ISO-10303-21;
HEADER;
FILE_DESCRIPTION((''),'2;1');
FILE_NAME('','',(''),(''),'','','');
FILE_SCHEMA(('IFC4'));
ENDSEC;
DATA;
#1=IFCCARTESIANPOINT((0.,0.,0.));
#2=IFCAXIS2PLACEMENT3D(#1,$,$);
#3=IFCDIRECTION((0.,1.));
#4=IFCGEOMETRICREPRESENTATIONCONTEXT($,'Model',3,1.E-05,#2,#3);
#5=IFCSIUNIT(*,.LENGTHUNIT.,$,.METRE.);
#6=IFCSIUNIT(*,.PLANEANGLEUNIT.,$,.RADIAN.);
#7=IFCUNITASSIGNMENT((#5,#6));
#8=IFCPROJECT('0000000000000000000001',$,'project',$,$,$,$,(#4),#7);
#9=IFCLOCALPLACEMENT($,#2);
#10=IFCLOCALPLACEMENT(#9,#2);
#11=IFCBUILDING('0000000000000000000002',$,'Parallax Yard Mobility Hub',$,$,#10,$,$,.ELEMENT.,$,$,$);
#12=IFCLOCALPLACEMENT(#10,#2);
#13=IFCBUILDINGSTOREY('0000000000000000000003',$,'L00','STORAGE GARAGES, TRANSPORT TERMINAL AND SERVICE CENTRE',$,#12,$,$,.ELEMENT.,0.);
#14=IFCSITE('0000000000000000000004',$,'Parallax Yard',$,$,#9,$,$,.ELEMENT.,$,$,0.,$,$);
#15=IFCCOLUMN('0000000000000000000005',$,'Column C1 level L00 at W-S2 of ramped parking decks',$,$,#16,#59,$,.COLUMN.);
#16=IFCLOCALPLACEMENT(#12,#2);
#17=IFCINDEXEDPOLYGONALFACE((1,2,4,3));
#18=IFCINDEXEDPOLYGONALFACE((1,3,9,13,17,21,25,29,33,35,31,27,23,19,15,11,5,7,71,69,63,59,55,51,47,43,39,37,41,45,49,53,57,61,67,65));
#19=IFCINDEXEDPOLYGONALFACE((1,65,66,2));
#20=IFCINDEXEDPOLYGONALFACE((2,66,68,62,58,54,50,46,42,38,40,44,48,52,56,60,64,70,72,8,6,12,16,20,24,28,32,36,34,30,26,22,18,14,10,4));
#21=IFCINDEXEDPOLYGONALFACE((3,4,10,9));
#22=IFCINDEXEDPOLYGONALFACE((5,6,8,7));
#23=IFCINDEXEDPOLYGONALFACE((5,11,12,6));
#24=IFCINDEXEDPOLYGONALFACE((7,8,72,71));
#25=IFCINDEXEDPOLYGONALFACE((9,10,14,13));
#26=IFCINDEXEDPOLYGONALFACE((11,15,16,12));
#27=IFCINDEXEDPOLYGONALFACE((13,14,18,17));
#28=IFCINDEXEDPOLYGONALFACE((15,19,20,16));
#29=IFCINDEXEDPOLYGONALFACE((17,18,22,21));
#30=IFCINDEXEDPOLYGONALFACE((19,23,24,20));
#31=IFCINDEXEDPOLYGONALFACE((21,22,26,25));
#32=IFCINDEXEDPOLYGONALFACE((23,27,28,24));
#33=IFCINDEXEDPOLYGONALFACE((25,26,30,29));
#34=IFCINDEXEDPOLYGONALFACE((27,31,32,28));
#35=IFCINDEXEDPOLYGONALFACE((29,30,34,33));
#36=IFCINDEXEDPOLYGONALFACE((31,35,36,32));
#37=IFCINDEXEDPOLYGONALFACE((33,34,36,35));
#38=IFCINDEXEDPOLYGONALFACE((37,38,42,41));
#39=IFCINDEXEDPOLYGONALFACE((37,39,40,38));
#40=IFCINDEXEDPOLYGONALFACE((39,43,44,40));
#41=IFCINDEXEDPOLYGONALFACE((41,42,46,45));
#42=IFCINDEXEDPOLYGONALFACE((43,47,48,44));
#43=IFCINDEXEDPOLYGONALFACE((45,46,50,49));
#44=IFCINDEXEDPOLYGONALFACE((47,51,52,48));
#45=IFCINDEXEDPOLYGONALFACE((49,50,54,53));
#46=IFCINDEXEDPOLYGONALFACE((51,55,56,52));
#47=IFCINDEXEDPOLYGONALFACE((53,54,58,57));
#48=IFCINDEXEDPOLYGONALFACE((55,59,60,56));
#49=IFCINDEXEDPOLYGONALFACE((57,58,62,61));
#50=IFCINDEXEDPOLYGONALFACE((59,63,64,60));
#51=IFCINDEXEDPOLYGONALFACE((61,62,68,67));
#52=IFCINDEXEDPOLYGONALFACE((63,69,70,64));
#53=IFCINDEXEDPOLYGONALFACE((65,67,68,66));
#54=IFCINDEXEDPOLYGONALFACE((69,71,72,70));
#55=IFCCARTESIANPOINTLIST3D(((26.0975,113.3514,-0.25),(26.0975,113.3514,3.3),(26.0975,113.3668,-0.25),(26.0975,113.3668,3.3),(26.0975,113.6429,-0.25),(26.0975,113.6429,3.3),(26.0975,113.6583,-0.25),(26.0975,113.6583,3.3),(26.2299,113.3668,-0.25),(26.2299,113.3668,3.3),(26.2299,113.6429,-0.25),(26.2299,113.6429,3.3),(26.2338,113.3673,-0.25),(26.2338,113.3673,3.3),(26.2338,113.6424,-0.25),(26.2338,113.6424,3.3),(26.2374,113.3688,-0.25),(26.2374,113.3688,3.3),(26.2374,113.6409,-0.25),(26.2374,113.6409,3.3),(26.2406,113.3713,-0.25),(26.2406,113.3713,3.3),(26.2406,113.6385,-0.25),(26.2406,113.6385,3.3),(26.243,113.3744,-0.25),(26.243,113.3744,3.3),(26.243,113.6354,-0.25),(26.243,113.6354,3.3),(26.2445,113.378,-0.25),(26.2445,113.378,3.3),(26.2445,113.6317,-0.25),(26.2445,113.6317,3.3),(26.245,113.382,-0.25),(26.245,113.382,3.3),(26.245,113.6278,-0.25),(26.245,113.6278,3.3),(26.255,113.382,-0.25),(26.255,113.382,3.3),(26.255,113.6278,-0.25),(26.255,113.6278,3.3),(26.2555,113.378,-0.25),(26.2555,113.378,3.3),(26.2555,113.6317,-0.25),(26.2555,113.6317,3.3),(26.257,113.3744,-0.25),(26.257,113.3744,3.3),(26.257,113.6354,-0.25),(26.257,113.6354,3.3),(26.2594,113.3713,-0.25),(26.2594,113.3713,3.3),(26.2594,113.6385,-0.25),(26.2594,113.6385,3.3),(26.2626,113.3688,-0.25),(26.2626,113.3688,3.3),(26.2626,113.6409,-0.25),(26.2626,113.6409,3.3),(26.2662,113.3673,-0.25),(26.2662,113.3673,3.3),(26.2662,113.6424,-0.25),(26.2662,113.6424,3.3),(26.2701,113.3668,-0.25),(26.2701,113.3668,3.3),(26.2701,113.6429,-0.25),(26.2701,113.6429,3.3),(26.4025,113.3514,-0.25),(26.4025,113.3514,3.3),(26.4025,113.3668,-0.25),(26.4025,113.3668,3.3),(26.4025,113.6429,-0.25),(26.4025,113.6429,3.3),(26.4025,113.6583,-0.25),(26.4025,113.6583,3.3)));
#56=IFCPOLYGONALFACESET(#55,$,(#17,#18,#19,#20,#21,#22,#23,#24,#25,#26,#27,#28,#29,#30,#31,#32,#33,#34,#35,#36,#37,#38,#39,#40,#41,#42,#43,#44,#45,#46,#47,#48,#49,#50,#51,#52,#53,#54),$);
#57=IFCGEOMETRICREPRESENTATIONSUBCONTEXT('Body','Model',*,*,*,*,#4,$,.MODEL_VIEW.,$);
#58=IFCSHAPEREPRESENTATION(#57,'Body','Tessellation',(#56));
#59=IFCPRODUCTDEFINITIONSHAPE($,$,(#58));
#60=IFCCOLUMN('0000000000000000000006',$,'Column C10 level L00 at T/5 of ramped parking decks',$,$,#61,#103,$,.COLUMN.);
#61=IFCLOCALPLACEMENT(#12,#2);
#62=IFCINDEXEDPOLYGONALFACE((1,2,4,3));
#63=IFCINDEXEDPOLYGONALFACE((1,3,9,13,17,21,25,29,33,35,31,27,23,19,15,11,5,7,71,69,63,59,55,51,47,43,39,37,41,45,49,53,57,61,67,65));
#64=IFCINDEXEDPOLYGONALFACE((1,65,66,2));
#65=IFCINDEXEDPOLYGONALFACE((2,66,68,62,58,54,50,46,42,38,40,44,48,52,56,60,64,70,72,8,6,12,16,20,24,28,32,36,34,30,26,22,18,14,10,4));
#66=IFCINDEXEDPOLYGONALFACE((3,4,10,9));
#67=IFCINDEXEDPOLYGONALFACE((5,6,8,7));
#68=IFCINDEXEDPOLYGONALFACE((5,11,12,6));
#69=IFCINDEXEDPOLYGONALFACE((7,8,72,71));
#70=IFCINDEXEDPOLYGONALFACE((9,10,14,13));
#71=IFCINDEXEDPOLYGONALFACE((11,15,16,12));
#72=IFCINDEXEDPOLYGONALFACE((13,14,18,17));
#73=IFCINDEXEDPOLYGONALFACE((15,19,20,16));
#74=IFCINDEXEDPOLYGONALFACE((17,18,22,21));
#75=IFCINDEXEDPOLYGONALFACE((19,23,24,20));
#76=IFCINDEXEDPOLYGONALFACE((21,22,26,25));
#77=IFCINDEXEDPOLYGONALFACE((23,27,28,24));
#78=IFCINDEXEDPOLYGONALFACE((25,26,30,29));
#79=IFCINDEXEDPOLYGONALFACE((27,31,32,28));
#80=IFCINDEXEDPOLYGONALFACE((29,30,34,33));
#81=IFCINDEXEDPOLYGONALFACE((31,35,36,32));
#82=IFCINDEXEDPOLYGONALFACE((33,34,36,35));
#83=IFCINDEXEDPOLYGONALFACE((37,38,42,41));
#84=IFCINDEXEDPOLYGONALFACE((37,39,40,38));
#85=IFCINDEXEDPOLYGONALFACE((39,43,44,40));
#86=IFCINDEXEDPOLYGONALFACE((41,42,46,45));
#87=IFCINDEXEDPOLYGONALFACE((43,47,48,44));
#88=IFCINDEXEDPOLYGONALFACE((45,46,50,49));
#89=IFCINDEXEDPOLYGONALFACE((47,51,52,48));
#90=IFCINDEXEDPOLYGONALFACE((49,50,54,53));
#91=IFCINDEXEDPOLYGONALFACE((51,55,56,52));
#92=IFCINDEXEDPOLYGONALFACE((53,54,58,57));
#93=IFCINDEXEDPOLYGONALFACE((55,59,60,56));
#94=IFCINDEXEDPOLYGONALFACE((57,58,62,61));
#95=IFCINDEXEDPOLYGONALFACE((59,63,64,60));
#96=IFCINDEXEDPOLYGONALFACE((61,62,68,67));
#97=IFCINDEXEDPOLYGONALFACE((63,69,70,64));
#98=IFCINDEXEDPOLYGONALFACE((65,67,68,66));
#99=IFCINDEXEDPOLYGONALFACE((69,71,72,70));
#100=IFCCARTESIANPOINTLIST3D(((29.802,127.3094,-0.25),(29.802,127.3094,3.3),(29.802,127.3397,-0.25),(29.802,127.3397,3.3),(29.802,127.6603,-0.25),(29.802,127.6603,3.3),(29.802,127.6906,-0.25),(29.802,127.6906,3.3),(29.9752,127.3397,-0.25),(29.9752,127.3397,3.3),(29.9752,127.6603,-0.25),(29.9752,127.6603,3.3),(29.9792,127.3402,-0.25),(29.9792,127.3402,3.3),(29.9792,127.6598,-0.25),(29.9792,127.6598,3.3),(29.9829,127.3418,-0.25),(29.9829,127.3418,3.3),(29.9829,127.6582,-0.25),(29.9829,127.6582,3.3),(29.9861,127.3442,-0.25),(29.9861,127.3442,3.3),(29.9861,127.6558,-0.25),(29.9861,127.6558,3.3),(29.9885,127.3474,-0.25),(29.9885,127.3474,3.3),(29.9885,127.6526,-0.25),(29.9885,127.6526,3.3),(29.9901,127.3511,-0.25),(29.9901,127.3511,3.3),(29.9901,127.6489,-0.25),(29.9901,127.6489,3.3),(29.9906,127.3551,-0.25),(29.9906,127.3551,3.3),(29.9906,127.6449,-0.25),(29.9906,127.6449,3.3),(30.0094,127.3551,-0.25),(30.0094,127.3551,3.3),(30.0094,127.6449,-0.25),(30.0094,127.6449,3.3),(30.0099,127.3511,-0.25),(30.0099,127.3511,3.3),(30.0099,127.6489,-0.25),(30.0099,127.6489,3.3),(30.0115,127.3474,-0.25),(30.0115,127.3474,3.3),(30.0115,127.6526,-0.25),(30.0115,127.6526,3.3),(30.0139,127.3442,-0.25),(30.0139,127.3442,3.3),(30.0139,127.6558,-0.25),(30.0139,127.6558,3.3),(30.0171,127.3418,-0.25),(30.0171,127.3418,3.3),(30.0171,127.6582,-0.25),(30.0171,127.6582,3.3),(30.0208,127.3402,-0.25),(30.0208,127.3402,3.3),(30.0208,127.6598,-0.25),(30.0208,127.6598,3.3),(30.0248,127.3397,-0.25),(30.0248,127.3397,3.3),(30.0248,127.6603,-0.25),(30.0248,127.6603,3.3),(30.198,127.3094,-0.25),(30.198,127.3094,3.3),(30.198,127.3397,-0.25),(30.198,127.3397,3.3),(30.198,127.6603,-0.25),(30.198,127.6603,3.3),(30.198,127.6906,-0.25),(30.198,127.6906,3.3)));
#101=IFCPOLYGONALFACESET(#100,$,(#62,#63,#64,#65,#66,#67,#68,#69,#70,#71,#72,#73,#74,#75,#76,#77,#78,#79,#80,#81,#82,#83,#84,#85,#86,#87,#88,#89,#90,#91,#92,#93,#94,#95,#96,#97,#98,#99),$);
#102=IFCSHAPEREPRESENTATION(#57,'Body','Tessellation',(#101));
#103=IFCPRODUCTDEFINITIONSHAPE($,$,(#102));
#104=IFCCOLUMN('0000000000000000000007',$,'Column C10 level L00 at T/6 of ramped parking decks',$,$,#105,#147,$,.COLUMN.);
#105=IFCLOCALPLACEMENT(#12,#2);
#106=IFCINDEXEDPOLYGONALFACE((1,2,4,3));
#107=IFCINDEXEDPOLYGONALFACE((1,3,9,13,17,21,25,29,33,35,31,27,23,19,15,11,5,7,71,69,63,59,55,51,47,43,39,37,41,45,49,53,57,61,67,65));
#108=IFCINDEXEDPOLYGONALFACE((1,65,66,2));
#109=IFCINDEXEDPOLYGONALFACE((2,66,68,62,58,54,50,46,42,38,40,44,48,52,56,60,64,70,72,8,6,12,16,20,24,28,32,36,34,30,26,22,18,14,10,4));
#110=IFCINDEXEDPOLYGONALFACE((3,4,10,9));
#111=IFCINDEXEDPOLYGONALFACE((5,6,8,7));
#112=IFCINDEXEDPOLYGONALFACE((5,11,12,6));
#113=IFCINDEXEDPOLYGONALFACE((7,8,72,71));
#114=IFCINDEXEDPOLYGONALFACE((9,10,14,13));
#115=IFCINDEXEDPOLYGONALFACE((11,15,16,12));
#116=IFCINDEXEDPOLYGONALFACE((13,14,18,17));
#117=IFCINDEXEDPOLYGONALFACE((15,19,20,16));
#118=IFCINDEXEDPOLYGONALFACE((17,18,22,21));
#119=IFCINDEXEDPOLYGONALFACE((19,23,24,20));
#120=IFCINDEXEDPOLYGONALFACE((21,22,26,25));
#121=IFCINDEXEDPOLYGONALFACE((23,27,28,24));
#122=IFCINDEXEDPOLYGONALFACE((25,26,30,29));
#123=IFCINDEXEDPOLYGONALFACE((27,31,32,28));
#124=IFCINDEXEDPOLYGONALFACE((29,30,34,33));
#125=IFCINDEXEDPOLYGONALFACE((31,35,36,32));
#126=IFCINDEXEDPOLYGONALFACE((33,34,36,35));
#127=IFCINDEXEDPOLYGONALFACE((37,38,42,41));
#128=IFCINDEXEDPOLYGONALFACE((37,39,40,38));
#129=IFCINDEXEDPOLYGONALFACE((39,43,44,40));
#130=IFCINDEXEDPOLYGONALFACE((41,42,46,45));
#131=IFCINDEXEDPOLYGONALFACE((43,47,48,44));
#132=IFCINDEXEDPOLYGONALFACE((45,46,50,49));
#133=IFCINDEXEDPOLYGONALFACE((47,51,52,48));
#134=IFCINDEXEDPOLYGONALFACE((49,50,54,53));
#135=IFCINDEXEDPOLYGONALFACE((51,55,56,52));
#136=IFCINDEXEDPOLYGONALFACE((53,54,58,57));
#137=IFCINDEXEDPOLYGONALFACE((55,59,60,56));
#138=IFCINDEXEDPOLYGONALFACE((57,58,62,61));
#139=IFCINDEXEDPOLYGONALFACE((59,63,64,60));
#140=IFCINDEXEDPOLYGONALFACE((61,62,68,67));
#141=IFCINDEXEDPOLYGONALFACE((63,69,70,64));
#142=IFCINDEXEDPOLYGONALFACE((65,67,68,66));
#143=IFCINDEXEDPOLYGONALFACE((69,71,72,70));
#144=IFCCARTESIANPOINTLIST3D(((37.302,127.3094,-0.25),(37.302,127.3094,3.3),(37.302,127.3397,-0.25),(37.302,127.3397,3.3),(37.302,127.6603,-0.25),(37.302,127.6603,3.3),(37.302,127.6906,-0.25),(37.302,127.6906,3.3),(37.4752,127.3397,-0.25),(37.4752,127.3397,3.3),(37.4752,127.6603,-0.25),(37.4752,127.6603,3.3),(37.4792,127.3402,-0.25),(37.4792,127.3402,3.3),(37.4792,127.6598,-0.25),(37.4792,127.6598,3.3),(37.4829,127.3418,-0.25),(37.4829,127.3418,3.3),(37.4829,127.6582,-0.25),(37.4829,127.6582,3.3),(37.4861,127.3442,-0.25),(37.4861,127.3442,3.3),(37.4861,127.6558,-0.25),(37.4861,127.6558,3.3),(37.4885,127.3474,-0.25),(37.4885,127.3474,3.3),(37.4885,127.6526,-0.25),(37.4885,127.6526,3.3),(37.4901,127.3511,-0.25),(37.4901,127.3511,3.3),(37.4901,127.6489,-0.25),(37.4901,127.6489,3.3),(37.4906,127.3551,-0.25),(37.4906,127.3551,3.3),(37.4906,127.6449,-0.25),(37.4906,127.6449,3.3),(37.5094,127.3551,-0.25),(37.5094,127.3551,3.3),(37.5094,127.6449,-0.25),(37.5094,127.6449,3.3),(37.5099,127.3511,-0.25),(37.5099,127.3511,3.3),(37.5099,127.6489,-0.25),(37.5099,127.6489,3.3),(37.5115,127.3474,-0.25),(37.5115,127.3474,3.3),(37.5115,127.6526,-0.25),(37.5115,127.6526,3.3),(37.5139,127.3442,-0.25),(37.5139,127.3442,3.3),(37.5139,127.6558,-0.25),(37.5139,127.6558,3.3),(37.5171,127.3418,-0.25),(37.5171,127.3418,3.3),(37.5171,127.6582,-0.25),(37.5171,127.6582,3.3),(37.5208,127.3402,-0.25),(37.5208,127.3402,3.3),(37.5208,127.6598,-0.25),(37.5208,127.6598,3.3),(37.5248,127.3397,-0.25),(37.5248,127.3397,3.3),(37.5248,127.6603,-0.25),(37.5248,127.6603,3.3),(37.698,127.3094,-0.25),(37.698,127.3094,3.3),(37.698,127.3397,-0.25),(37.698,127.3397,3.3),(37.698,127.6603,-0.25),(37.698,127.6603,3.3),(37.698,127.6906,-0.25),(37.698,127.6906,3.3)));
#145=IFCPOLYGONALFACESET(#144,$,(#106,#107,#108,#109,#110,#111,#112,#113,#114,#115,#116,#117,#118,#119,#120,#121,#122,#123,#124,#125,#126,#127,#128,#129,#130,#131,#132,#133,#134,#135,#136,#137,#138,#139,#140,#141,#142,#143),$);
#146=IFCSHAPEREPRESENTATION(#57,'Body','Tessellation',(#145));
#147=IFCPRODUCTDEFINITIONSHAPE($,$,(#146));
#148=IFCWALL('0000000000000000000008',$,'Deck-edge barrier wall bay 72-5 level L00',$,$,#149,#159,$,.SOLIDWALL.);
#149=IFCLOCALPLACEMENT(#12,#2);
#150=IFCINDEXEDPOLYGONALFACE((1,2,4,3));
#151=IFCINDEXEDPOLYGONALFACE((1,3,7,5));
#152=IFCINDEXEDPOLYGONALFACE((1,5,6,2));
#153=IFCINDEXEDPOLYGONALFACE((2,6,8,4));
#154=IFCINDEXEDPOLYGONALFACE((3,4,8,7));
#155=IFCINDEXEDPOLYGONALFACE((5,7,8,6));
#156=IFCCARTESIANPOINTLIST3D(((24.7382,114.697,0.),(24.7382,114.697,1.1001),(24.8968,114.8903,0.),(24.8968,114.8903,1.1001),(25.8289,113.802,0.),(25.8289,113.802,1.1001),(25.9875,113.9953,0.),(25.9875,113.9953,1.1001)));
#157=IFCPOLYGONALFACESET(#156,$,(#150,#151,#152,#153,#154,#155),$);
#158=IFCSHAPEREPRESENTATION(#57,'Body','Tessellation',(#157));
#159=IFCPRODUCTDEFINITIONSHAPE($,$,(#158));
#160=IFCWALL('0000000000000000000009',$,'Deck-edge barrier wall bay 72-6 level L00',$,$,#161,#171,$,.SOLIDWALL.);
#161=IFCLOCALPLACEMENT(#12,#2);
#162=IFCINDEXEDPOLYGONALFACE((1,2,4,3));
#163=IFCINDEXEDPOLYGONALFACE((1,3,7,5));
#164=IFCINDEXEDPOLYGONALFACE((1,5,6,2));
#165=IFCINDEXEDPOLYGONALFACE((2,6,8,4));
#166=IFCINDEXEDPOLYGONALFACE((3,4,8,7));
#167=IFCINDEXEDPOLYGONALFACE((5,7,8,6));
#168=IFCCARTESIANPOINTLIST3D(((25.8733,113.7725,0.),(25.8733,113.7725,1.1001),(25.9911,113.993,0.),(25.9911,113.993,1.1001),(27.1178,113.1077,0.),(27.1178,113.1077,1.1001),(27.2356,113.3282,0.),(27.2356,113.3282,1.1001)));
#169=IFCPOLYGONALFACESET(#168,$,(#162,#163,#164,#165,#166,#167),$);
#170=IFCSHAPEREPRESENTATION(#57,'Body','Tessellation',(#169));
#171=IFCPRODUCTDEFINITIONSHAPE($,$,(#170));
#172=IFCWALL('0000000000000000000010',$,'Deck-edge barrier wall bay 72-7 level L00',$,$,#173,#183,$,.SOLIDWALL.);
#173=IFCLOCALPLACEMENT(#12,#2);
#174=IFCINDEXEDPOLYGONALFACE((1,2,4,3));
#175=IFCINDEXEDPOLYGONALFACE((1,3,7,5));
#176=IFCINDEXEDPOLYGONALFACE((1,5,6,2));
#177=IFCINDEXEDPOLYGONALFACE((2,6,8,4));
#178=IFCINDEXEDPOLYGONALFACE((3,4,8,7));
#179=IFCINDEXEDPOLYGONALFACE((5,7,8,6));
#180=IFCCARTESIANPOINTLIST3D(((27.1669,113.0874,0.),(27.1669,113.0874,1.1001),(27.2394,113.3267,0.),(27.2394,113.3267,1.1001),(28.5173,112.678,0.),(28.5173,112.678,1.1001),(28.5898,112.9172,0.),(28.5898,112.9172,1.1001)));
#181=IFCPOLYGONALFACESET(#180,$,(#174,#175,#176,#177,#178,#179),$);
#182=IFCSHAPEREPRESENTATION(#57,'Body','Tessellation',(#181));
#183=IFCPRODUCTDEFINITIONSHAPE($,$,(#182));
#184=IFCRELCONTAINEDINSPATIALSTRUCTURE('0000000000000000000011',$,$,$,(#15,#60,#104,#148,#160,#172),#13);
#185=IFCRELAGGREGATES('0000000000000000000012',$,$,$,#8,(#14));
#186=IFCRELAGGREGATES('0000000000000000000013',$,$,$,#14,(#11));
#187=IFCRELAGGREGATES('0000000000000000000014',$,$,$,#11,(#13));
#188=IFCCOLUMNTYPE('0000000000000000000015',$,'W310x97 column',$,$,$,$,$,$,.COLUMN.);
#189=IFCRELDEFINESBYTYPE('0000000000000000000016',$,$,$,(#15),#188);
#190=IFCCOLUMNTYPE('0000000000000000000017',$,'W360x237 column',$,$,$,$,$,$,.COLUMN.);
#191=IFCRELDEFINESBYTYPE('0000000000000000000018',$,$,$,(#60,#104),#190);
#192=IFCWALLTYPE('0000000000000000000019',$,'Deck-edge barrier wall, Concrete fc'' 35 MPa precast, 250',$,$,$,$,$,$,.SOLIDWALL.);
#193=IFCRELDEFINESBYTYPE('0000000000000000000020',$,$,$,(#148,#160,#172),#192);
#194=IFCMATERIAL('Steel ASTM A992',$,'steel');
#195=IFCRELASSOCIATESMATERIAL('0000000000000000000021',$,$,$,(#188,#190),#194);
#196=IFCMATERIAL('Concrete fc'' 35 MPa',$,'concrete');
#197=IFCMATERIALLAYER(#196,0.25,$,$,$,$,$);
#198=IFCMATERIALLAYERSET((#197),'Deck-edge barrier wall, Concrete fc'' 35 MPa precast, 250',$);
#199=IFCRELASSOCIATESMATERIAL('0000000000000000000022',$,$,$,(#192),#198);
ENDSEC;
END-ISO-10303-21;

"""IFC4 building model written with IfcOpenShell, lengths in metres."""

from ifc_helpers import new_model, si_unit, direction, frame, frame_2d, origin, origin_2d, place, context, subcontext, project, spatial, rectangle, i_section, extrude, material, layer, layer_set, material_profile, profile_set, type_object, element, save


model = new_model("IFC4")

# Units and contexts
model_context = context("Model", 3, precision=1e-05, world=origin(), true_north=direction((0.0, 1.0)))
body_context = subcontext(model_context, "Body", "Model", "MODEL_VIEW")
ifc_project = project(units=[si_unit("LENGTHUNIT", "METRE"), si_unit("PLANEANGLEUNIT", "RADIAN")], contexts=[model_context])

# Site, building, storey
site_placement = place(None, origin())
site = spatial("IfcSite", under=ifc_project, at=site_placement, Name="Parallax Yard", CompositionType="ELEMENT", RefElevation=0.0)
building_placement = place(site_placement, origin())
building = spatial("IfcBuilding", under=site, at=building_placement, Name="Parallax Yard Mobility Hub", CompositionType="ELEMENT")
storey_placement = place(building_placement, origin())
storey = spatial("IfcBuildingStorey", under=building, at=storey_placement, Name="L00", Description="STORAGE GARAGES, TRANSPORT TERMINAL AND SERVICE CENTRE", CompositionType="ELEMENT", Elevation=0.0)

# Columns
ifc_material_1 = material(Name="Steel ASTM A992", Category="steel")
ifc_material_profile_1 = material_profile(ifc_material_1, i_section(OverallWidth=0.3049, OverallDepth=0.3069, WebThickness=0.01, FlangeThickness=0.0154, FilletRadius=0.0151, at=origin_2d()), Name="W310x97")
ifc_profile_set_1 = profile_set([ifc_material_profile_1], Name="Steel ASTM A992")
column_type_1 = type_object("IfcColumnType", Name="W310x97 column", PredefinedType="COLUMN", material=ifc_profile_set_1)
column_placement = place(storey_placement, frame((26.25, 113.5049, -0.25), z_axis=(0.0, 0.0, 1.0), x_axis=(1.0, 0.0, 0.0)))
element("IfcColumn", 1, at=column_placement, inside=storey, type_object=column_type_1, Name="Column C1 level L00 at W-S2 of ramped parking decks", PredefinedType="COLUMN", context=body_context, shape_type="SweptSolid", body=[
    extrude(i_section(OverallWidth=0.3049, OverallDepth=0.3069, WebThickness=0.01, FlangeThickness=0.0154, FilletRadius=0.0151, at=origin_2d()), origin(), (0.0, 0.0, 1.0), 3.55),
])
ifc_material_profile_2 = material_profile(ifc_material_1, i_section(OverallWidth=0.396, OverallDepth=0.3811, WebThickness=0.0188, FlangeThickness=0.0303, FilletRadius=0.0154, at=origin_2d()), Name="W360x237")
ifc_profile_set_2 = profile_set([ifc_material_profile_2], Name="Steel ASTM A992")
column_type_2 = type_object("IfcColumnType", Name="W360x237 column", PredefinedType="COLUMN", material=ifc_profile_set_2)
for number, where, z_axis, x_axis, name in (
    (2, (30.0, 127.5, -0.25), (0.0, 0.0, 1.0), (1.0, 0.0, 0.0), "Column C10 level L00 at T/5 of ramped parking decks"),
    (3, (37.5, 127.5, -0.25), (0.0, 0.0, 1.0), (1.0, 0.0, 0.0), "Column C10 level L00 at T/6 of ramped parking decks"),
):
    element("IfcColumn", number, at=place(storey_placement, frame(where, z_axis=z_axis, x_axis=x_axis)), inside=storey, type_object=column_type_2, Name=name, PredefinedType="COLUMN", context=body_context, shape_type="SweptSolid", body=[
        extrude(i_section(OverallWidth=0.396, OverallDepth=0.3811, WebThickness=0.0188, FlangeThickness=0.0303, FilletRadius=0.0154, at=origin_2d()), origin(), (0.0, 0.0, 1.0), 3.55),
    ])

# Walls
ifc_material_2 = material(Name="Concrete fc' 35 MPa", Category="concrete")
ifc_layer_1 = layer(ifc_material_2, 0.25)
ifc_layer_set_1 = layer_set([ifc_layer_1], Name="Deck-edge barrier wall, Concrete fc' 35 MPa precast, 250")
wall_type_1 = type_object("IfcWallType", Name="Deck-edge barrier wall, Concrete fc' 35 MPa precast, 250", PredefinedType="SOLIDWALL", material=ifc_layer_set_1)
for number, where, z_axis, x_axis, name in (
    (4, (24.8174, 114.7937, 0.0), (0.0, 0.0, 1.0), (0.773078, -0.634311, 0.0), "Deck-edge barrier wall bay 72-5 level L00"),
    (5, (25.9321, 113.8828, 0.0), (0.0, 0.0, 1.0), (0.882022, -0.471208, 0.0), "Deck-edge barrier wall bay 72-6 level L00"),
):
    element("IfcWall", number, at=place(storey_placement, frame(where, z_axis=z_axis, x_axis=x_axis)), inside=storey, type_object=wall_type_1, Name=name, PredefinedType="SOLIDWALL", context=body_context, shape_type="SweptSolid", body=[
        extrude(rectangle(XDim=1.4109, YDim=0.25, at=frame_2d((0.7056, 0.0))), origin(), (0.0, 0.0, 1.0), 1.1001),
    ])
wall_1_placement = place(storey_placement, frame((27.2031, 113.207, 0.0), z_axis=(0.0, 0.0, 1.0), x_axis=(0.956979, -0.290156, 0.0)))
element("IfcWall", 6, at=wall_1_placement, inside=storey, type_object=wall_type_1, Name="Deck-edge barrier wall bay 72-7 level L00", PredefinedType="SOLIDWALL", context=body_context, shape_type="SweptSolid", body=[
    extrude(rectangle(XDim=1.4111, YDim=0.25, at=frame_2d((0.7056, 0.0))), origin(), (0.0, 0.0, 1.0), 1.1001),
])

save(model, "model.ifc")
